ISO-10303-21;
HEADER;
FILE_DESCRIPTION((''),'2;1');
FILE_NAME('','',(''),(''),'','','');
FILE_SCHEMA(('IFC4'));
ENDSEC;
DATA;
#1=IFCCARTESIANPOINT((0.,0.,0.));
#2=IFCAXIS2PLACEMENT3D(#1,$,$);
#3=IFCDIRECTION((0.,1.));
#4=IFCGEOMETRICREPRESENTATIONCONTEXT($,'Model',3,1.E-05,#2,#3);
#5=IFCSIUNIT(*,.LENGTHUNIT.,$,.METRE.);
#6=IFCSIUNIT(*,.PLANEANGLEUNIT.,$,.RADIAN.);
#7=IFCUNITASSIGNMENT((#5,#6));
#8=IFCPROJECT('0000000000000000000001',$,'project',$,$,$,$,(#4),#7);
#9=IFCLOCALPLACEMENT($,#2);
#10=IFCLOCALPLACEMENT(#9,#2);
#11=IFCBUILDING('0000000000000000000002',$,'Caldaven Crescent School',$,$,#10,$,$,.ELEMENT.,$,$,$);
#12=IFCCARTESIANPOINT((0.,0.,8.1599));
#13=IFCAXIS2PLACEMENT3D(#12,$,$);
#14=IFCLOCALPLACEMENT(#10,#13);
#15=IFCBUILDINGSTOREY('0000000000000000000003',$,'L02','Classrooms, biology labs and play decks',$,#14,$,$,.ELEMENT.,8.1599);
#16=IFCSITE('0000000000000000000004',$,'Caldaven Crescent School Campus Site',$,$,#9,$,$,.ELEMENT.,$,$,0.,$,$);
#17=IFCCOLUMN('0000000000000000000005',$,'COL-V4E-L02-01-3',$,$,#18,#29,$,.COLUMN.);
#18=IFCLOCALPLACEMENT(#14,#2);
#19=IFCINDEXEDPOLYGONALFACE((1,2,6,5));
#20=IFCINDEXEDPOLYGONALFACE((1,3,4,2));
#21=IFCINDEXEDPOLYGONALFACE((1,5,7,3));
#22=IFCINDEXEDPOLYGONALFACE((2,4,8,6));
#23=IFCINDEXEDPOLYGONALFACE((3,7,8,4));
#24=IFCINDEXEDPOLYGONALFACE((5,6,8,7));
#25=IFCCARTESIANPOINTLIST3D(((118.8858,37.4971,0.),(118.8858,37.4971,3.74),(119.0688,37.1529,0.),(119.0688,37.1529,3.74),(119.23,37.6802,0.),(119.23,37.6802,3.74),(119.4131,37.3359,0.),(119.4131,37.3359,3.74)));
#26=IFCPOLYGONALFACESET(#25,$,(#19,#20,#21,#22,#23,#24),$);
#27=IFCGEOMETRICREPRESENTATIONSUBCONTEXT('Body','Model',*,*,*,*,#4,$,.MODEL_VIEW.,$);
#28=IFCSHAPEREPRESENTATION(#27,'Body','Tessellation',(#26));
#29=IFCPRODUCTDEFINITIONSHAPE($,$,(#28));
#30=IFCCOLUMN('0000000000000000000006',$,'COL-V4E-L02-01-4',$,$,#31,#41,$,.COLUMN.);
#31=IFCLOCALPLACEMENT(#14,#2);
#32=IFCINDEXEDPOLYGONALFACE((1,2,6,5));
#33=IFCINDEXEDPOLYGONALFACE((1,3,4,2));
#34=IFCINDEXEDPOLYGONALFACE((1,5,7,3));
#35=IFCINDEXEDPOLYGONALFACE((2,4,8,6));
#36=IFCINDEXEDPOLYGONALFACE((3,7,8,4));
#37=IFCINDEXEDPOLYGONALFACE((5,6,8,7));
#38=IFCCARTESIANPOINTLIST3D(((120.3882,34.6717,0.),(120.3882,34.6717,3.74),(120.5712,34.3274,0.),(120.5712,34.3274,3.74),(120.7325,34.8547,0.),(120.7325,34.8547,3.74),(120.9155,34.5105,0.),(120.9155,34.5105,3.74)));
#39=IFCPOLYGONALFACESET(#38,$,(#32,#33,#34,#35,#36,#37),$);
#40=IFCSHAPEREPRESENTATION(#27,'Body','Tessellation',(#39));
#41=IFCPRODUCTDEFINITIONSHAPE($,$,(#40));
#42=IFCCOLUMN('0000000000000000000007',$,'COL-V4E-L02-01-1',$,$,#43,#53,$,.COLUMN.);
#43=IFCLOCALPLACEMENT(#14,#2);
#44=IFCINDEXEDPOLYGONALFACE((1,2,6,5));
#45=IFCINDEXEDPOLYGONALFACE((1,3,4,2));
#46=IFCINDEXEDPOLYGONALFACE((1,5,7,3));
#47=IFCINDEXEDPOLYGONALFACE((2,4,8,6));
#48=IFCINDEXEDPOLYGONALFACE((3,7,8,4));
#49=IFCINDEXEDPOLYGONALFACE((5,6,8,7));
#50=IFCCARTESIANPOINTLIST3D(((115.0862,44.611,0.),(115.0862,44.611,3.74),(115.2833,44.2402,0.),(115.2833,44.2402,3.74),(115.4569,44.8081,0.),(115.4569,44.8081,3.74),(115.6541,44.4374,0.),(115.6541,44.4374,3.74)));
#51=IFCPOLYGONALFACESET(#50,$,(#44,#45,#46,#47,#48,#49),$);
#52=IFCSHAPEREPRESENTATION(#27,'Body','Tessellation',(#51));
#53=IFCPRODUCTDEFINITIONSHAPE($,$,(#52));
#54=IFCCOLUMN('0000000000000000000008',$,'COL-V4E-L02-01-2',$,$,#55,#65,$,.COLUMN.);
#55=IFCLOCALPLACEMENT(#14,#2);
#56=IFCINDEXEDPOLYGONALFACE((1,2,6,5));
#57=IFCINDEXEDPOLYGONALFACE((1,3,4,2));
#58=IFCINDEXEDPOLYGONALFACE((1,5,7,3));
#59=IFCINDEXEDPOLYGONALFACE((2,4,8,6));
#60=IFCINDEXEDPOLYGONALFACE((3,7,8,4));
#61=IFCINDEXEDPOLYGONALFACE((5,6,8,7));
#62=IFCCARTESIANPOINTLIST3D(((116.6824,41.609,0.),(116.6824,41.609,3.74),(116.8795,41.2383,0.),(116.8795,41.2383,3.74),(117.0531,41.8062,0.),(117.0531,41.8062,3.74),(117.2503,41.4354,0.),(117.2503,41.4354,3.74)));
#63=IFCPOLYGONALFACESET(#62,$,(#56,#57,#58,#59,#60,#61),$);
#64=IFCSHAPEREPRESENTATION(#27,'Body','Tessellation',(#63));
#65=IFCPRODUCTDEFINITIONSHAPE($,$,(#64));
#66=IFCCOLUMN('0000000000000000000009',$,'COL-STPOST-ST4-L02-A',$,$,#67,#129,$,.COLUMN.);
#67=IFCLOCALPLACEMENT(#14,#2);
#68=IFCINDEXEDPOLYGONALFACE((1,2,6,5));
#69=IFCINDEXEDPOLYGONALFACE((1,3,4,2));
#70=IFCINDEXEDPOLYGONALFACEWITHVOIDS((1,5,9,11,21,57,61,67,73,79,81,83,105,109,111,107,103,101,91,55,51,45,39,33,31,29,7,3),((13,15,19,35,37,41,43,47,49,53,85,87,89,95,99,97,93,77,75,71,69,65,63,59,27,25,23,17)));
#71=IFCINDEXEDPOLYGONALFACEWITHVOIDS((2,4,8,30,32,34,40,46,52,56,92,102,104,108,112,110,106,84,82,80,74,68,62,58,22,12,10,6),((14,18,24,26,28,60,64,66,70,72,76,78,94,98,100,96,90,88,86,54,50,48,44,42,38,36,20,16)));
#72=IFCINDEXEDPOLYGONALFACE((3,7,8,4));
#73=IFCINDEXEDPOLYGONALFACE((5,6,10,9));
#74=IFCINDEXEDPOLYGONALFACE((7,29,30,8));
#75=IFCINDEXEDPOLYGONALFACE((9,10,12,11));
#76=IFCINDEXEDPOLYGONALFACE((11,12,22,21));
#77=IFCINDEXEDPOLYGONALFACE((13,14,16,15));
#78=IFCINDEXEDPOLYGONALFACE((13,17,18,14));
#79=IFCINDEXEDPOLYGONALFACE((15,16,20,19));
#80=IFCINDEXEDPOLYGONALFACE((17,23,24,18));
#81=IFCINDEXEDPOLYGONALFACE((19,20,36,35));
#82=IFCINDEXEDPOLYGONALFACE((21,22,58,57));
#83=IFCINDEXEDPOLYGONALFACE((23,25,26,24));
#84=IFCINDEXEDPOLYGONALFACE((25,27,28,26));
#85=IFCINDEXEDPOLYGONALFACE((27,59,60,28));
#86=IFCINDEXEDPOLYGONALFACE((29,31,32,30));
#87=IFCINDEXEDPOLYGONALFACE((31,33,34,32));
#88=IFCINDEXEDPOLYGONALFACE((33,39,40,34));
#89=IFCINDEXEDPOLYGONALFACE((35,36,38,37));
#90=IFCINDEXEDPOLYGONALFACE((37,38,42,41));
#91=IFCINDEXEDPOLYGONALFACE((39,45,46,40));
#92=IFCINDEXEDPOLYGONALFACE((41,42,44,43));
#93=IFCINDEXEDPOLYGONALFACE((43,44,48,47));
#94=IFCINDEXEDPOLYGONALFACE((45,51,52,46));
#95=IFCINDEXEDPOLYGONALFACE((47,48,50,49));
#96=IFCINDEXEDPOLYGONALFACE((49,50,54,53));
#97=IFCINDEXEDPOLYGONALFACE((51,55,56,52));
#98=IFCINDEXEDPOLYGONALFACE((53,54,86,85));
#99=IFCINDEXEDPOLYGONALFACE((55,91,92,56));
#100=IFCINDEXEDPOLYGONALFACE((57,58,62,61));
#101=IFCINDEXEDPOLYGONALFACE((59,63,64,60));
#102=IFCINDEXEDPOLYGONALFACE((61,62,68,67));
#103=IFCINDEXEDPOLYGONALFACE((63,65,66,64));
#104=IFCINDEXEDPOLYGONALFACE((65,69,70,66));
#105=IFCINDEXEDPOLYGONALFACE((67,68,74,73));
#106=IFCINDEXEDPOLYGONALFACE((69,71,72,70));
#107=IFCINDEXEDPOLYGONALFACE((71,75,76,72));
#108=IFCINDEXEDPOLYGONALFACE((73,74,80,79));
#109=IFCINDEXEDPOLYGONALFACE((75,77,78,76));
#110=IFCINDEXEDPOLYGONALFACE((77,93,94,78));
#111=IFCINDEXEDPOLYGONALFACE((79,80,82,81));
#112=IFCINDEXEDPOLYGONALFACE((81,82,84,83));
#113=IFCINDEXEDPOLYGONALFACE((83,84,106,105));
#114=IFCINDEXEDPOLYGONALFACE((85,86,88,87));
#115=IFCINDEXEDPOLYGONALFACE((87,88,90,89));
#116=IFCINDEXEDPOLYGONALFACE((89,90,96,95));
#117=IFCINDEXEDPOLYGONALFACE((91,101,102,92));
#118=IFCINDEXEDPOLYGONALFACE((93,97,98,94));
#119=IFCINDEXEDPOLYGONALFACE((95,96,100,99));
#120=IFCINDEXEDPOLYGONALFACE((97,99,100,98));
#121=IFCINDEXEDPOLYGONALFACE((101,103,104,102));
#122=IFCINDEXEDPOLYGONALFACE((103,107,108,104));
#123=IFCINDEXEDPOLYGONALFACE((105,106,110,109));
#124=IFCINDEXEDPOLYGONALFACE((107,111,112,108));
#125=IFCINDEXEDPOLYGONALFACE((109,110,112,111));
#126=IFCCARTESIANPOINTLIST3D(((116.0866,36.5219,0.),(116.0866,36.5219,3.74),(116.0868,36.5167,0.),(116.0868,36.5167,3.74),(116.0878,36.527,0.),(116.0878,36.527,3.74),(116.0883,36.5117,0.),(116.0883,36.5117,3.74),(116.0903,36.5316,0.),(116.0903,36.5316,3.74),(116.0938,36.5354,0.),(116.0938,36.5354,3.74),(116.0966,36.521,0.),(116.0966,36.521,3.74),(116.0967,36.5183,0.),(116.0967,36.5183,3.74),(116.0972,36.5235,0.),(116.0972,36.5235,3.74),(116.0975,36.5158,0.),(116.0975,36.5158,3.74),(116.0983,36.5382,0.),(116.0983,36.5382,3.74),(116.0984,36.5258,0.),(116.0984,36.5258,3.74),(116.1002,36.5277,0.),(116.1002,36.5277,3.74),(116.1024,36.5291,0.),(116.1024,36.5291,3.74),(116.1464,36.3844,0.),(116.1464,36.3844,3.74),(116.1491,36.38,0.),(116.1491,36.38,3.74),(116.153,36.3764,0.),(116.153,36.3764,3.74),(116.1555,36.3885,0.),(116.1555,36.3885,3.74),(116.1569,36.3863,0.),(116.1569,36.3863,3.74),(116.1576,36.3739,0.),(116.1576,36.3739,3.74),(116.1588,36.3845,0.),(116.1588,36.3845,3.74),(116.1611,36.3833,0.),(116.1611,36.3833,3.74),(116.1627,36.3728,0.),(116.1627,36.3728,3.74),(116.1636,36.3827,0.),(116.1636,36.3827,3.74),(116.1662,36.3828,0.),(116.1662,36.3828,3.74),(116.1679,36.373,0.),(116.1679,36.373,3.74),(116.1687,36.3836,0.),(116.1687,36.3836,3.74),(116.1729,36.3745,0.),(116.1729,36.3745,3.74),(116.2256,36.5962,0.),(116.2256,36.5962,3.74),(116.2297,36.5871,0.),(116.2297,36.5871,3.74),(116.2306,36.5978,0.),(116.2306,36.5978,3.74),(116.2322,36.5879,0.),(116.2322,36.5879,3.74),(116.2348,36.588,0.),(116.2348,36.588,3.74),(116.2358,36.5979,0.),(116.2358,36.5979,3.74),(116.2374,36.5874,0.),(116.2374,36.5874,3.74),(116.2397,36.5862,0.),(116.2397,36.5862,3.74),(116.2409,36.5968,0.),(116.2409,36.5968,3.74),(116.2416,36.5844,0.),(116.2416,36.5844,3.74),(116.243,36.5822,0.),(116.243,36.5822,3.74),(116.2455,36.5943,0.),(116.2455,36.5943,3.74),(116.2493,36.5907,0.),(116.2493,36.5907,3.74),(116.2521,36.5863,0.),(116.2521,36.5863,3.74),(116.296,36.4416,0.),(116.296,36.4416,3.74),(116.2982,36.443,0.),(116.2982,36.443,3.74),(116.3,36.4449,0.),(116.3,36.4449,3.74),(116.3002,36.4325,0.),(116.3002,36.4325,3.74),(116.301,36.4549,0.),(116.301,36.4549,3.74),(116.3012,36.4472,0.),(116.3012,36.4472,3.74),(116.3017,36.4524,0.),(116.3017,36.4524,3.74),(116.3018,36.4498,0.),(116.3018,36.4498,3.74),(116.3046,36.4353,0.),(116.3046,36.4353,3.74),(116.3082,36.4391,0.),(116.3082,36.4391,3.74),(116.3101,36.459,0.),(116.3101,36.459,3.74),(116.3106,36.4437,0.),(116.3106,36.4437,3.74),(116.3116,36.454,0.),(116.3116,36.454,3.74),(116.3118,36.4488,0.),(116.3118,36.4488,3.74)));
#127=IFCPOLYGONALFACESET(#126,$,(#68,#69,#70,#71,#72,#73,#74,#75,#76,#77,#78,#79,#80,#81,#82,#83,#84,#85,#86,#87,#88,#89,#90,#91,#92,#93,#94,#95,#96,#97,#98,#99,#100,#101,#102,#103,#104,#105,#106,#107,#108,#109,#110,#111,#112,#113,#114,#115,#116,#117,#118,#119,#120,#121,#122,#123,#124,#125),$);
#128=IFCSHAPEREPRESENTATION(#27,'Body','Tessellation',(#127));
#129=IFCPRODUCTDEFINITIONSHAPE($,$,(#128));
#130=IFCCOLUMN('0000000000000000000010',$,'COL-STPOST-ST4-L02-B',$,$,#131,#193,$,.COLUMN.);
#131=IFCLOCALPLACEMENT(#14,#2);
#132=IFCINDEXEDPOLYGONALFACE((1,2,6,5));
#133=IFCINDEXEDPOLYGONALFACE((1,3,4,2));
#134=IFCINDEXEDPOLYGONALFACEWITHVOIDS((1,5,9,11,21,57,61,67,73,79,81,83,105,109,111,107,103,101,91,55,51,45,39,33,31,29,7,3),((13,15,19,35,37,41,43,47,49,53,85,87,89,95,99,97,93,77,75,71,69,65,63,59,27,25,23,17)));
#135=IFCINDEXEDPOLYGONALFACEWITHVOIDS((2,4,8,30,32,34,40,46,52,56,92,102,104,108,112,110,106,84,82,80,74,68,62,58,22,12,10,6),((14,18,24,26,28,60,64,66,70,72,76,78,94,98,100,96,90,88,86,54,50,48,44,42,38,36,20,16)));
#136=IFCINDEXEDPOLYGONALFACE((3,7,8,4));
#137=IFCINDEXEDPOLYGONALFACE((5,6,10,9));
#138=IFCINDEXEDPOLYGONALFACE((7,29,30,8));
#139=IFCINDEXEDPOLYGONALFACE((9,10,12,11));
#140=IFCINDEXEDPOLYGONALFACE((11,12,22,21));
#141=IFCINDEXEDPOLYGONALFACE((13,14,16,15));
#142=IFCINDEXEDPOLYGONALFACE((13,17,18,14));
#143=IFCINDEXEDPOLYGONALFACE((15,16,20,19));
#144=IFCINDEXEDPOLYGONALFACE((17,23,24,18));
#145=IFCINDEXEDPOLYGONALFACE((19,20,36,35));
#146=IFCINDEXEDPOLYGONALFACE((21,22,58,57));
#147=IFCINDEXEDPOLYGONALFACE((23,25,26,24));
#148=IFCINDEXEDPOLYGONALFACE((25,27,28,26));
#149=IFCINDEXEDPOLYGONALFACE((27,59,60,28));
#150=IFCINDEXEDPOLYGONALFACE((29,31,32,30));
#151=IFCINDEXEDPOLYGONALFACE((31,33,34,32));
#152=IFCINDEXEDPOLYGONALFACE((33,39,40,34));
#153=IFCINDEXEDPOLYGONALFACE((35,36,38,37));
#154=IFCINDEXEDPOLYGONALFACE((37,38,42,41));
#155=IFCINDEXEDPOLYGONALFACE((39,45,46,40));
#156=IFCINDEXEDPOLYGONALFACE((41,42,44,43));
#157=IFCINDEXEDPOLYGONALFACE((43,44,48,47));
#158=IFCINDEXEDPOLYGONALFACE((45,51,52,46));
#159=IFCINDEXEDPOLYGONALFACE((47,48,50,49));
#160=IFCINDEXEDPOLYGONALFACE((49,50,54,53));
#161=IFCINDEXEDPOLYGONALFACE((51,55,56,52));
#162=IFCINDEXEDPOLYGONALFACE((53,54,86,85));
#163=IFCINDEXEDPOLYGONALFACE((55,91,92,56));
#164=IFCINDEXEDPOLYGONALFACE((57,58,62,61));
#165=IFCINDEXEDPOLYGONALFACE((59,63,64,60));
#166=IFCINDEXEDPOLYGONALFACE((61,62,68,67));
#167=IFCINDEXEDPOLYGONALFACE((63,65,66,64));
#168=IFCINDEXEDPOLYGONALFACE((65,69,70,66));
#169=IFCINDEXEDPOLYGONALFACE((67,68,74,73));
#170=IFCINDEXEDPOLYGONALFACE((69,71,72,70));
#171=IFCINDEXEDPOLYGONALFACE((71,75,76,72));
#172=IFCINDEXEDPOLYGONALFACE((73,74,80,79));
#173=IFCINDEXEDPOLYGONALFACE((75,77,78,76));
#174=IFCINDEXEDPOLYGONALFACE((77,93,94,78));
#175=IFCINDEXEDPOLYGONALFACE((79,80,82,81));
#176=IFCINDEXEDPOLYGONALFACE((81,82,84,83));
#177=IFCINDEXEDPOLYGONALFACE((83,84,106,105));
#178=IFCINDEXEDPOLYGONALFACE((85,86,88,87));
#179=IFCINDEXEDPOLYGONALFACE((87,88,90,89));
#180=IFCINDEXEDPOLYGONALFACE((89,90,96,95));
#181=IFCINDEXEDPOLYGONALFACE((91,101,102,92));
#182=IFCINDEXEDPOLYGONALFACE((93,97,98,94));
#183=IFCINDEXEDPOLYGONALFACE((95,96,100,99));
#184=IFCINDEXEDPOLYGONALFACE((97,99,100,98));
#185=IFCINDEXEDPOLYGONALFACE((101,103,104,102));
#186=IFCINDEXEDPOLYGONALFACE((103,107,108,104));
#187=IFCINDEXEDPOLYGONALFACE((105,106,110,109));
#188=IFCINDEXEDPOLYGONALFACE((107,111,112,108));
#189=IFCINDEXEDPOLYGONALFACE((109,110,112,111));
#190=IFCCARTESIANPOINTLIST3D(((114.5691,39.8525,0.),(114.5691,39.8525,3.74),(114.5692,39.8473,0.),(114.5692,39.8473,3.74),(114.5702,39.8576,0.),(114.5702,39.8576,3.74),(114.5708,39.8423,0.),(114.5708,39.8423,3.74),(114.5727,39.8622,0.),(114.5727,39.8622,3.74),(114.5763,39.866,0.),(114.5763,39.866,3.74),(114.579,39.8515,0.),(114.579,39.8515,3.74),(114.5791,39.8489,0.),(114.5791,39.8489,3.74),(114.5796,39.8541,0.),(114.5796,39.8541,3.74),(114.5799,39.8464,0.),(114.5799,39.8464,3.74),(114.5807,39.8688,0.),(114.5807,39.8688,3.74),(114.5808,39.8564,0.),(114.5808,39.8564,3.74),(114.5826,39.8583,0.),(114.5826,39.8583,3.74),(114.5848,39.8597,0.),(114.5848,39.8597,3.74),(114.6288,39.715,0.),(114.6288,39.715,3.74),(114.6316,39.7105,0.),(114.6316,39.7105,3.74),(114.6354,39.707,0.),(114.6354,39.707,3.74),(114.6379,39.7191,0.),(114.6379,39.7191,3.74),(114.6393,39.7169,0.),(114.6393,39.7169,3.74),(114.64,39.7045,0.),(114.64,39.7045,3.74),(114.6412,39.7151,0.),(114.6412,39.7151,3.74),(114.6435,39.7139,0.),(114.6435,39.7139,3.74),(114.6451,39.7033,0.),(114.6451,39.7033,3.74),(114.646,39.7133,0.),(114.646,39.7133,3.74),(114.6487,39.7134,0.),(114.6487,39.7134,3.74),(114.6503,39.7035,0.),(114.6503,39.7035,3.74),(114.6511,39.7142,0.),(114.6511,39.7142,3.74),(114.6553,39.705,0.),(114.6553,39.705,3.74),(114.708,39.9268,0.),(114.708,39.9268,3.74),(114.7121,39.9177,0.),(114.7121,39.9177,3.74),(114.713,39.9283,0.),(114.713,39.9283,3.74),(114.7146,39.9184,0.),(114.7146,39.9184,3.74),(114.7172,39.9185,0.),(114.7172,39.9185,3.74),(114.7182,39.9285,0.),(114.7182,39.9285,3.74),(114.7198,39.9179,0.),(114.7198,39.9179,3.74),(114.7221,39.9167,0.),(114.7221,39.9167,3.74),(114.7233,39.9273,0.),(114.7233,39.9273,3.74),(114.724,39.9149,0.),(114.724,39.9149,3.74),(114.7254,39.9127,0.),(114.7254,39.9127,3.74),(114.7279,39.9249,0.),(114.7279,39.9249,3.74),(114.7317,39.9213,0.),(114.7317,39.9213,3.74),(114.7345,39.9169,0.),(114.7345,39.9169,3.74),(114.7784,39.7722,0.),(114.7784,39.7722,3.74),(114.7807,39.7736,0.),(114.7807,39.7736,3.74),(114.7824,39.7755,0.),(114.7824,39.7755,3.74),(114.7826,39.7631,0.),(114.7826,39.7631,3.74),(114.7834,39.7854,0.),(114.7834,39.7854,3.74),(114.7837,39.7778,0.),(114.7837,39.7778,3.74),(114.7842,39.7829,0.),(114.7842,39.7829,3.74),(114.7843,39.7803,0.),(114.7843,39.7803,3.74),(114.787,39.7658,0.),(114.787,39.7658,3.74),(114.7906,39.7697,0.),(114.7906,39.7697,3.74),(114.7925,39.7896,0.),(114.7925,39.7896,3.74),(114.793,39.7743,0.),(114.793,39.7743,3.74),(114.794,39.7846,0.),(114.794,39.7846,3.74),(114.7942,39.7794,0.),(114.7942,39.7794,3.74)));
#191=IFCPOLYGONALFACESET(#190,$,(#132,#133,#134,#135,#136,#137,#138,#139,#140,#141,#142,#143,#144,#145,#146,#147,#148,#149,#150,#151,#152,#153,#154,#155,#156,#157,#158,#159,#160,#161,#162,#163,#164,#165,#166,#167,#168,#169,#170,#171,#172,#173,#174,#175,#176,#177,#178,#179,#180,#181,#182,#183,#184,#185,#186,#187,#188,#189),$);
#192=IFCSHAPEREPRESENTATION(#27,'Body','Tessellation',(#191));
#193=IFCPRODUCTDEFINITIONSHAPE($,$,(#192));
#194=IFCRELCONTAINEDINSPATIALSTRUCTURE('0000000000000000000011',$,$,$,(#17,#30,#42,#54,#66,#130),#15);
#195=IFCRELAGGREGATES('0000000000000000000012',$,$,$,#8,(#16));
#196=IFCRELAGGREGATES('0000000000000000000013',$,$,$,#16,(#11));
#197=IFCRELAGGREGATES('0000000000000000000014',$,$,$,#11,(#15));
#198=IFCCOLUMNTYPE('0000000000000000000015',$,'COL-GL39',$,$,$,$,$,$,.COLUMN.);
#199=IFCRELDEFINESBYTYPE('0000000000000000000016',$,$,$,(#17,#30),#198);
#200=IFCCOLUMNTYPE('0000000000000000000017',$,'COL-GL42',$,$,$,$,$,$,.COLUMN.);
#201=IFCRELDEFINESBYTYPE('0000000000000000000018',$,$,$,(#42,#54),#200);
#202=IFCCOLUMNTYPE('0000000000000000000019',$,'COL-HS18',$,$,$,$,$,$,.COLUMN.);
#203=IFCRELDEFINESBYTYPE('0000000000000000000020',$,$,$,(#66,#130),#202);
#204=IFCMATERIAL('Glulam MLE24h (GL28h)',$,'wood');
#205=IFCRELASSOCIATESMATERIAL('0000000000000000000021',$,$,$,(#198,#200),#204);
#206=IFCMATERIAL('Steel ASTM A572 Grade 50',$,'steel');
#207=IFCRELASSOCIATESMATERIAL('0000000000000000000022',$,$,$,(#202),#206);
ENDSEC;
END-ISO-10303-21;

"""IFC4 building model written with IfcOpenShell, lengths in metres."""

from ifc_helpers import new_model, si_unit, direction, frame, origin, origin_2d, place, context, subcontext, project, spatial, rectangle, hollow_rectangle, extrude, material, material_profile, profile_set, type_object, element, save


model = new_model("IFC4")

# Units and contexts
model_context = context("Model", 3, precision=1e-05, world=origin(), true_north=direction((0.0, 1.0)))
body_context = subcontext(model_context, "Body", "Model", "MODEL_VIEW")
ifc_project = project(units=[si_unit("LENGTHUNIT", "METRE"), si_unit("PLANEANGLEUNIT", "RADIAN")], contexts=[model_context])

# Site, building, storey
site_placement = place(None, origin())
site = spatial("IfcSite", under=ifc_project, at=site_placement, Name="Caldaven Crescent School Campus Site", CompositionType="ELEMENT", RefElevation=0.0)
building_placement = place(site_placement, origin())
building = spatial("IfcBuilding", under=site, at=building_placement, Name="Caldaven Crescent School", CompositionType="ELEMENT")
storey_placement = place(building_placement, frame((0.0, 0.0, 8.1599)))
storey = spatial("IfcBuildingStorey", under=building, at=storey_placement, Name="L02", Description="Classrooms, biology labs and play decks", CompositionType="ELEMENT", Elevation=8.1599)

# Columns
ifc_material_1 = material(Name="Glulam MLE24h (GL28h)", Category="wood")
ifc_material_profile_1 = material_profile(ifc_material_1, rectangle(XDim=0.3899, YDim=0.3899, at=origin_2d()), Name="MLE 390x390")
ifc_profile_set_1 = profile_set([ifc_material_profile_1], Name="Glulam MLE24h (GL28h)")
column_type_1 = type_object("IfcColumnType", Name="COL-GL39", PredefinedType="COLUMN", material=ifc_profile_set_1)
for number, where, z_axis, x_axis, name in (
    (1, (119.1494, 37.4165, 0.0), (0.0, 0.0, 1.0), (0.469472, -0.882948, 0.0), "COL-V4E-L02-01-3"),
    (2, (120.6519, 34.5911, 0.0), (0.0, 0.0, 1.0), (0.469472, -0.882948, 0.0), "COL-V4E-L02-01-4"),
):
    element("IfcColumn", number, at=place(storey_placement, frame(where, z_axis=z_axis, x_axis=x_axis)), inside=storey, type_object=column_type_1, Name=name, PredefinedType="COLUMN", context=body_context, shape_type="SweptSolid", body=[
        extrude(rectangle(XDim=0.3899, YDim=0.3899, at=origin_2d()), origin(), (0.0, 0.0, 1.0), 3.74),
    ])
ifc_material_profile_2 = material_profile(ifc_material_1, rectangle(XDim=0.4199, YDim=0.4199, at=origin_2d()), Name="MLE 420x420")
ifc_profile_set_2 = profile_set([ifc_material_profile_2], Name="Glulam MLE24h (GL28h)")
column_type_2 = type_object("IfcColumnType", Name="COL-GL42", PredefinedType="COLUMN", material=ifc_profile_set_2)
for number, where, z_axis, x_axis, name in (
    (3, (115.3701, 44.5242, 0.0), (0.0, 0.0, 1.0), (0.469472, -0.882948, 0.0), "COL-V4E-L02-01-1"),
    (4, (116.9663, 41.5222, 0.0), (0.0, 0.0, 1.0), (0.469472, -0.882948, 0.0), "COL-V4E-L02-01-2"),
):
    element("IfcColumn", number, at=place(storey_placement, frame(where, z_axis=z_axis, x_axis=x_axis)), inside=storey, type_object=column_type_2, Name=name, PredefinedType="COLUMN", context=body_context, shape_type="SweptSolid", body=[
        extrude(rectangle(XDim=0.4199, YDim=0.4199, at=origin_2d()), origin(), (0.0, 0.0, 1.0), 3.74),
    ])
ifc_material_2 = material(Name="Steel ASTM A572 Grade 50", Category="steel")
ifc_material_profile_3 = material_profile(ifc_material_2, hollow_rectangle(XDim=0.1799, YDim=0.1799, WallThickness=0.01, InnerFilletRadius=0.01, OuterFilletRadius=0.02, at=origin_2d()), Name="HSS 180x180x10")
ifc_profile_set_3 = profile_set([ifc_material_profile_3], Name="Steel ASTM A572 Grade 50")
column_type_3 = type_object("IfcColumnType", Name="COL-HS18", PredefinedType="COLUMN", material=ifc_profile_set_3)
for number, where, z_axis, x_axis, name in (
    (5, (116.1992, 36.4854, 0.0), (0.0, 0.0, 1.0), (0.909961, 0.414693, 0.0), "COL-STPOST-ST4-L02-A"),
    (6, (114.6816, 39.8159, 0.0), (0.0, 0.0, 1.0), (0.909961, 0.414693, 0.0), "COL-STPOST-ST4-L02-B"),
):
    element("IfcColumn", number, at=place(storey_placement, frame(where, z_axis=z_axis, x_axis=x_axis)), inside=storey, type_object=column_type_3, Name=name, PredefinedType="COLUMN", context=body_context, shape_type="SweptSolid", body=[
        extrude(hollow_rectangle(XDim=0.1799, YDim=0.1799, WallThickness=0.01, InnerFilletRadius=0.01, OuterFilletRadius=0.02, at=origin_2d()), origin(), (0.0, 0.0, 1.0), 3.74),
    ])

save(model, "model.ifc")
